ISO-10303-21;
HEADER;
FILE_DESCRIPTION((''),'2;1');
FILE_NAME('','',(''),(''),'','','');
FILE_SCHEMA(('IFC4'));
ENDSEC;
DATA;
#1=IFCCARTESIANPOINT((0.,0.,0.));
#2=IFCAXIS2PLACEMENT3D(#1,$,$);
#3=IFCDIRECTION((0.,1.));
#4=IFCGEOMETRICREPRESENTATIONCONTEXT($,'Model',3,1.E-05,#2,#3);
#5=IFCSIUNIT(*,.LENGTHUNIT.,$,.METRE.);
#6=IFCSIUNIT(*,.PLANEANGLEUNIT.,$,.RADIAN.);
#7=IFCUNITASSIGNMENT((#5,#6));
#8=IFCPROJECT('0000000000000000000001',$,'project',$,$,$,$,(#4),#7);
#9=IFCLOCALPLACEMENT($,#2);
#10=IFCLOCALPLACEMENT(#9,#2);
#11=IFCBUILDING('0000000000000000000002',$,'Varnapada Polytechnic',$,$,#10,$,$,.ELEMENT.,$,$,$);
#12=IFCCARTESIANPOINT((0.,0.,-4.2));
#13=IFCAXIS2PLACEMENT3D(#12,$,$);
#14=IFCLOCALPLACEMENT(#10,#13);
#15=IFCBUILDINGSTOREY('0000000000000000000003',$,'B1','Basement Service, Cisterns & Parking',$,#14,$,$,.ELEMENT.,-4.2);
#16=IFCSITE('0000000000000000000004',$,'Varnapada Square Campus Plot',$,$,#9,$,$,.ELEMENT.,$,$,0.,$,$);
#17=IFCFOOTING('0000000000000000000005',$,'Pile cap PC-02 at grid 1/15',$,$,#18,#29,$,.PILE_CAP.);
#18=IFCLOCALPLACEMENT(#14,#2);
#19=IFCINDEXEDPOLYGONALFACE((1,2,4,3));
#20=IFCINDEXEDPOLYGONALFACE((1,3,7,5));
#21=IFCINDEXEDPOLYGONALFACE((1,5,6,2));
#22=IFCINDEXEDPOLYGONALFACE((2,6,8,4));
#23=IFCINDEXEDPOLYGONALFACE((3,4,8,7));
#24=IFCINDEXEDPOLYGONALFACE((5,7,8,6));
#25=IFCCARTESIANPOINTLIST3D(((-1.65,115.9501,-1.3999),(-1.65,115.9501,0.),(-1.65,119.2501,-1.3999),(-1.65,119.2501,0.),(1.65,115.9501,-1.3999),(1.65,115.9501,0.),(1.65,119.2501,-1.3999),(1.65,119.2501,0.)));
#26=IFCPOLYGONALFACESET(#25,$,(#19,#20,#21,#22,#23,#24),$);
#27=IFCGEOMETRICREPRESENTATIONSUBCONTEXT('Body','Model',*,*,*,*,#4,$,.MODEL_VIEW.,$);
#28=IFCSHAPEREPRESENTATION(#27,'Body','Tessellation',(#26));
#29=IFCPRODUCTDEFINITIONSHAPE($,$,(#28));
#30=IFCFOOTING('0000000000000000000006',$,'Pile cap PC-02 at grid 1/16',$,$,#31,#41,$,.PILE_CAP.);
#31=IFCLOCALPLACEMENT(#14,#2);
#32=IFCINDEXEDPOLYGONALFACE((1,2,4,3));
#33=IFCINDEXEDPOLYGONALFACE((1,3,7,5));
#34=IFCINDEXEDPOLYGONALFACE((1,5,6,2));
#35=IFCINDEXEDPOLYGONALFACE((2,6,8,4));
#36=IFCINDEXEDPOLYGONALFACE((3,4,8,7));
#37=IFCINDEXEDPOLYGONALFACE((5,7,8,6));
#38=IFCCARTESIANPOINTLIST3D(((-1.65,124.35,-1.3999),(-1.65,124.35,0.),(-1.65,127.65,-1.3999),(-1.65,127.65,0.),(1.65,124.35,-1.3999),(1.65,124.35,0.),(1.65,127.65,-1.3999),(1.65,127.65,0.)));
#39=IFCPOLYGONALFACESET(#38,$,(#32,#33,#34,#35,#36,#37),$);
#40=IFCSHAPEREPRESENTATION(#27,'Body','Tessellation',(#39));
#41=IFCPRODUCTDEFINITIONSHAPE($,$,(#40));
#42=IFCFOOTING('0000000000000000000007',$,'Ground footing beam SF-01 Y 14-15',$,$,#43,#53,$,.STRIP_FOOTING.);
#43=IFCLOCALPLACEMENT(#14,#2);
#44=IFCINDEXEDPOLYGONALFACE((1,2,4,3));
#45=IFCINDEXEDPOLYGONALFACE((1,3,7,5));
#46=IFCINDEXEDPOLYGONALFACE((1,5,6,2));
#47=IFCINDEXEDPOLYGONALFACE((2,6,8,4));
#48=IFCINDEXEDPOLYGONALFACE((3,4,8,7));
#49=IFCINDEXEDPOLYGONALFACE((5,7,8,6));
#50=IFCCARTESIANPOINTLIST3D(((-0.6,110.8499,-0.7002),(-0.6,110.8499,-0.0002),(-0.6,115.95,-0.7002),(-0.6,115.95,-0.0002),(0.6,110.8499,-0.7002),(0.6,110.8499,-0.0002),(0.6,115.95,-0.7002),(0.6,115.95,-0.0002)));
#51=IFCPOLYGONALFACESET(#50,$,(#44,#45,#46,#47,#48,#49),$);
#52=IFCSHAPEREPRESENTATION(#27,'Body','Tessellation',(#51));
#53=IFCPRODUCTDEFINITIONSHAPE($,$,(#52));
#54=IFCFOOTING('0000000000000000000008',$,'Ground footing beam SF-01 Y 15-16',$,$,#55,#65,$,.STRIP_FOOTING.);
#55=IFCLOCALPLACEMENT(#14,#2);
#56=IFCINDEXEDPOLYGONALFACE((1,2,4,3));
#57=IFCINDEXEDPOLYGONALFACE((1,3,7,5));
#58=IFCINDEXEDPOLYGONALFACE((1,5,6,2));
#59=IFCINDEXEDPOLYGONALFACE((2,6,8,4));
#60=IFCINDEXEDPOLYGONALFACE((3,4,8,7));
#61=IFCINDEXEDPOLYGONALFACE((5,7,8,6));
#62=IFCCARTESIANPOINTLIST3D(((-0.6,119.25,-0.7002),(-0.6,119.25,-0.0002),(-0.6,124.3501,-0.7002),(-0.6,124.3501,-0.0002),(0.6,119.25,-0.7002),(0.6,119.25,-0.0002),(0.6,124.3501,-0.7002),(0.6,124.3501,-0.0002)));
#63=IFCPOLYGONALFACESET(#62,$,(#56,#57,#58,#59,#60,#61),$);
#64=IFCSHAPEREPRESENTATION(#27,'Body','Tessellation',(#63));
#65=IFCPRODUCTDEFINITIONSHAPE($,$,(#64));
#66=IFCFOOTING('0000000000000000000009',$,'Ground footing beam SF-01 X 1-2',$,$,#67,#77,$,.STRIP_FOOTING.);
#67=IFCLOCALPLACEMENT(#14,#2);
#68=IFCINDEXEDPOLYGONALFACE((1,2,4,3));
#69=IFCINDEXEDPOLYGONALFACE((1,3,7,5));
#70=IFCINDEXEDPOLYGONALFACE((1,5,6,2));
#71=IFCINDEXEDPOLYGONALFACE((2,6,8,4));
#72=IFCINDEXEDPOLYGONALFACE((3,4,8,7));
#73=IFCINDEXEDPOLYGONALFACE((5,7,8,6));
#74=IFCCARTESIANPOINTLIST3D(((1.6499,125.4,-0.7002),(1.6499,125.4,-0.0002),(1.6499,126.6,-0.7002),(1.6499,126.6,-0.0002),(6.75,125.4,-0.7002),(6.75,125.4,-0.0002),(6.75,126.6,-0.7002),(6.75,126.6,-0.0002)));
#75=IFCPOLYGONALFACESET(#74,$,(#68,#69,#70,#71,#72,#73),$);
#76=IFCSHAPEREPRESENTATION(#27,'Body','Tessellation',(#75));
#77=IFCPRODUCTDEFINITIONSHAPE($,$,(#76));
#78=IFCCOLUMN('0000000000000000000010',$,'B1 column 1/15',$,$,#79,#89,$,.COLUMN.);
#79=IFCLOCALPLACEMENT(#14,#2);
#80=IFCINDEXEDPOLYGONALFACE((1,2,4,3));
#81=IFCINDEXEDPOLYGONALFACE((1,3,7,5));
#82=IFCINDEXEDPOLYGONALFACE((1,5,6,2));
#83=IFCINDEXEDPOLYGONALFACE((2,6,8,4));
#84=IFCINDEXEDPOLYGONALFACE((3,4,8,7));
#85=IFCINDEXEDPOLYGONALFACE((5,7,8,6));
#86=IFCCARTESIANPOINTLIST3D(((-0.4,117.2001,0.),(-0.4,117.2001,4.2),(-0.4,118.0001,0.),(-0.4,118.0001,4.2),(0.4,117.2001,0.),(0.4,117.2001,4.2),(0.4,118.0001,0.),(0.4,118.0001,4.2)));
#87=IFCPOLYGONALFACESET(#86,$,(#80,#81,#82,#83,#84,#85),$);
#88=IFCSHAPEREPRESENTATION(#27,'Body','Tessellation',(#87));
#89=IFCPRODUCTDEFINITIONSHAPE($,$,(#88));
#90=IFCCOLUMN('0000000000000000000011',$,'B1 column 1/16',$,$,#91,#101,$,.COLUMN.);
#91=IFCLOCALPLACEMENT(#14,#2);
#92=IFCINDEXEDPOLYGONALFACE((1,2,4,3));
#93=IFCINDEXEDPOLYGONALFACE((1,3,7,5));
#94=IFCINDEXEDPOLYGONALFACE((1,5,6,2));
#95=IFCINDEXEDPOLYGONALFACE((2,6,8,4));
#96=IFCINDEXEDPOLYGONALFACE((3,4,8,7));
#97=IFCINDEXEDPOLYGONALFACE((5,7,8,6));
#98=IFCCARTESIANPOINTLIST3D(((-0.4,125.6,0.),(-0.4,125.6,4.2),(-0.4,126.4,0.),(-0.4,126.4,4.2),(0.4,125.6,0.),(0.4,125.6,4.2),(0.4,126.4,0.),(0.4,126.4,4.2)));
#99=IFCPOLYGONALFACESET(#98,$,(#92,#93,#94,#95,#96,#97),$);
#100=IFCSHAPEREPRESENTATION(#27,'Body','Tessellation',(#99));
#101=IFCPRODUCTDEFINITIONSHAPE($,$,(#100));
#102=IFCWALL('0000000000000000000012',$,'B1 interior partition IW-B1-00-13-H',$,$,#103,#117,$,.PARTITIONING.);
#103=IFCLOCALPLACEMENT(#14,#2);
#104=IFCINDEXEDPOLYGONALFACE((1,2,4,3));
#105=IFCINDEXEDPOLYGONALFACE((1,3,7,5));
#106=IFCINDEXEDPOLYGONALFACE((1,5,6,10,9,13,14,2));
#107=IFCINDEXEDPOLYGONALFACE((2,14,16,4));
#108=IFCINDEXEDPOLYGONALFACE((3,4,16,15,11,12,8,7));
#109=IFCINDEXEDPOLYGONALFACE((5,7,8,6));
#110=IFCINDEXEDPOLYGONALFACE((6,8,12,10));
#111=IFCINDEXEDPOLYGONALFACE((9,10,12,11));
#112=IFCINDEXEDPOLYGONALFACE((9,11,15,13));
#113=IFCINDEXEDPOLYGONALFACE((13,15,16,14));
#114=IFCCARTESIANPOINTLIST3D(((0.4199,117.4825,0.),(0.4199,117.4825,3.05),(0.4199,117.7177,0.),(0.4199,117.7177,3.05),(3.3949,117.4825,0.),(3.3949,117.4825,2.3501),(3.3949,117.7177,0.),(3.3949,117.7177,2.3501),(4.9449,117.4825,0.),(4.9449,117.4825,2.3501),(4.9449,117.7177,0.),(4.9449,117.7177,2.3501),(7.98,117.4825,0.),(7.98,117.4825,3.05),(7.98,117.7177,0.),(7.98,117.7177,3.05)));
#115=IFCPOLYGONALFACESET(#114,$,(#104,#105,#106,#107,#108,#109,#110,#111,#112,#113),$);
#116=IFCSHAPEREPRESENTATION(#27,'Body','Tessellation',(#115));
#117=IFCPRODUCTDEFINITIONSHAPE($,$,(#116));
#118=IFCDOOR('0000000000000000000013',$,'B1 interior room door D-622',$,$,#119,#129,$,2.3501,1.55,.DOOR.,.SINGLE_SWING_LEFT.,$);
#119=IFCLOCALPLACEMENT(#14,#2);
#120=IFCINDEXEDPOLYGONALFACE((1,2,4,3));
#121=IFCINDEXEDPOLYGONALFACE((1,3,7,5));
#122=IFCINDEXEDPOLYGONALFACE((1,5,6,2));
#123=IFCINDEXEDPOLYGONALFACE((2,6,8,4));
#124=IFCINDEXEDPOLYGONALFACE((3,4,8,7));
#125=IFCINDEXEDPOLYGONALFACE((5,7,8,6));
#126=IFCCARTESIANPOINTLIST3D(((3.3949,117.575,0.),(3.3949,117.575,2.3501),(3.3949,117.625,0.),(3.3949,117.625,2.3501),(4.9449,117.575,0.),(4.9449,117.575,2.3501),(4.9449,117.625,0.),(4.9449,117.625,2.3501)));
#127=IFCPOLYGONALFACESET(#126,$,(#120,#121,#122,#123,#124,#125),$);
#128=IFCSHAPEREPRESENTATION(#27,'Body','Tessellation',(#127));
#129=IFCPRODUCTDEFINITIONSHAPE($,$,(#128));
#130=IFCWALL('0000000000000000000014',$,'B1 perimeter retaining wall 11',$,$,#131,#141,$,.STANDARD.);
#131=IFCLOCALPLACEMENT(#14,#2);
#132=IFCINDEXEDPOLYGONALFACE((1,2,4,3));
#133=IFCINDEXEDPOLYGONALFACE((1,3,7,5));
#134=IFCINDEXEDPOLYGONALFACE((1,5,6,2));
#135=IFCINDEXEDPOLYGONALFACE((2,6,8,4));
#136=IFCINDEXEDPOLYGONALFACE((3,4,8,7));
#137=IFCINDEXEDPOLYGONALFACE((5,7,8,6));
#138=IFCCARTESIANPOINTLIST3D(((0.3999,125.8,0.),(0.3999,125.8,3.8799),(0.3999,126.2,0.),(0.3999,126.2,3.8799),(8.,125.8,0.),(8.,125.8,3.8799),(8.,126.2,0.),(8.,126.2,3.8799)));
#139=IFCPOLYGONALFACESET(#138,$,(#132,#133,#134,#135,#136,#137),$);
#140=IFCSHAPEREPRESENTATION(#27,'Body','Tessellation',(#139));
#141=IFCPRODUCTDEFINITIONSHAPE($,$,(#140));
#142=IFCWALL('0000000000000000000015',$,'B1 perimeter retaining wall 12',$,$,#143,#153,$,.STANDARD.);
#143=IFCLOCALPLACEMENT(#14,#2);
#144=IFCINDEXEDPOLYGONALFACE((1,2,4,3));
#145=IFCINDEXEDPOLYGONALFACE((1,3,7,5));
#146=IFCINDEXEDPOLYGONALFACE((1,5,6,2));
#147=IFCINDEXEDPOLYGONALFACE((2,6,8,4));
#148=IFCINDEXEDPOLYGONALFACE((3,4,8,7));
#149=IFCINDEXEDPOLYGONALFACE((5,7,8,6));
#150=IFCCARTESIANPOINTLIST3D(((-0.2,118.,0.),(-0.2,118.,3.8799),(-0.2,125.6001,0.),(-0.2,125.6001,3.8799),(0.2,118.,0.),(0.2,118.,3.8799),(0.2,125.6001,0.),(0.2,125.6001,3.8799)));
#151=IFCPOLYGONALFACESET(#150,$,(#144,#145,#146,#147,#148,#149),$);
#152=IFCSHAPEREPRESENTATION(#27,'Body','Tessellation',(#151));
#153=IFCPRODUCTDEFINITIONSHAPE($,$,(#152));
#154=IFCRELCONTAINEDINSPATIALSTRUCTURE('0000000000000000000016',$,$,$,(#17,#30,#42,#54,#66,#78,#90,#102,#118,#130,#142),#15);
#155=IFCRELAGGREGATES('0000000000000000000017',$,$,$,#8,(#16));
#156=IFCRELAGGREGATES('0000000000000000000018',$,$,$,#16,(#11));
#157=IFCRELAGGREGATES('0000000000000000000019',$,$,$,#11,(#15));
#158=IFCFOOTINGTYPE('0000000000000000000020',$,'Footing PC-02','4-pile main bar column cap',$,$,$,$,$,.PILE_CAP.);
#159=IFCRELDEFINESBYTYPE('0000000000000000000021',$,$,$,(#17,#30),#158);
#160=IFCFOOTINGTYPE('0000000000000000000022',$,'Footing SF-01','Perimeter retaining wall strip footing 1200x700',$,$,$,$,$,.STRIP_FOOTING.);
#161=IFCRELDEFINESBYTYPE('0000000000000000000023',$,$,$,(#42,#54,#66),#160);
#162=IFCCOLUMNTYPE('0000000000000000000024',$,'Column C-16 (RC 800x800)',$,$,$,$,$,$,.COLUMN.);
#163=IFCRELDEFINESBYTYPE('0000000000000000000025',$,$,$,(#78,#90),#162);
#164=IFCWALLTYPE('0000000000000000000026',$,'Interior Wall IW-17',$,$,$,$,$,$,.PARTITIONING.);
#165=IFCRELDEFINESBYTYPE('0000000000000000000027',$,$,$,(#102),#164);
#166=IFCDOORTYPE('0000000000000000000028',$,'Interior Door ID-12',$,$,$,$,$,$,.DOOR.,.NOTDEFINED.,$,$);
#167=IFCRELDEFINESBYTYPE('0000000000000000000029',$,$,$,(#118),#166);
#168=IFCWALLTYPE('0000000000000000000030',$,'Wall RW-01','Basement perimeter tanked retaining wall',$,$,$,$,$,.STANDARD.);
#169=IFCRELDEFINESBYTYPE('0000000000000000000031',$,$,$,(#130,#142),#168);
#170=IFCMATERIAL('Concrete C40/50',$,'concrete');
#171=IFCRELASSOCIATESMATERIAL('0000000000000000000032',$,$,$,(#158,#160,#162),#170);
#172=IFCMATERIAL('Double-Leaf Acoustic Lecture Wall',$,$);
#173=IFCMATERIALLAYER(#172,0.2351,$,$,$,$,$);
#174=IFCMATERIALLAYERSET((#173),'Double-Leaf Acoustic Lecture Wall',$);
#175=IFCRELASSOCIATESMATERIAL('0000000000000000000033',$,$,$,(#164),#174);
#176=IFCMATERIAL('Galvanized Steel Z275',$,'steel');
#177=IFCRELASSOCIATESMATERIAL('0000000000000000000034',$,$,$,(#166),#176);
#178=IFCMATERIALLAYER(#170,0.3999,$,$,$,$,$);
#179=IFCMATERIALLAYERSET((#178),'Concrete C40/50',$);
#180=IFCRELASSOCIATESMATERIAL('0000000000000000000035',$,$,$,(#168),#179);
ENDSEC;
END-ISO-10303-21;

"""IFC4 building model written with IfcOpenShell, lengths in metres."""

from ifc_helpers import new_model, si_unit, direction, frame, frame_2d, origin, origin_2d, place, context, subcontext, project, spatial, rectangle, extrude, material, layer, layer_set, material_profile, profile_set, type_object, element, fill, save


model = new_model("IFC4")

# Units and contexts
model_context = context("Model", 3, precision=1e-05, world=origin(), true_north=direction((0.0, 1.0)))
body_context = subcontext(model_context, "Body", "Model", "MODEL_VIEW")
ifc_project = project(units=[si_unit("LENGTHUNIT", "METRE"), si_unit("PLANEANGLEUNIT", "RADIAN")], contexts=[model_context])

# Site, building, storey
site_placement = place(None, origin())
site = spatial("IfcSite", under=ifc_project, at=site_placement, Name="Varnapada Square Campus Plot", CompositionType="ELEMENT", RefElevation=0.0)
building_placement = place(site_placement, origin())
building = spatial("IfcBuilding", under=site, at=building_placement, Name="Varnapada Polytechnic", CompositionType="ELEMENT")
storey_placement = place(building_placement, frame((0.0, 0.0, -4.2)))
storey = spatial("IfcBuildingStorey", under=building, at=storey_placement, Name="B1", Description="Basement Service, Cisterns & Parking", CompositionType="ELEMENT", Elevation=-4.2)

# Shared definitions
ifc_material_1 = material(Name="Concrete C40/50", Category="concrete")

# Footings
footing_type_1 = type_object("IfcFootingType", Name="Footing PC-02", Description="4-pile main bar column cap", PredefinedType="PILE_CAP", material=ifc_material_1)
for number, where, z_axis, x_axis, name in (
    (1, (0.0, 117.6001, -1.3999), (0.0, 0.0, 1.0), (1.0, 0.0, 0.0), "Pile cap PC-02 at grid 1/15"),
    (2, (0.0, 126.0, -1.3999), (0.0, 0.0, 1.0), (1.0, 0.0, 0.0), "Pile cap PC-02 at grid 1/16"),
):
    element("IfcFooting", number, at=place(storey_placement, frame(where, z_axis=z_axis, x_axis=x_axis)), inside=storey, type_object=footing_type_1, Name=name, PredefinedType="PILE_CAP", context=body_context, shape_type="SweptSolid", body=[
        extrude(rectangle(XDim=3.3, YDim=3.3, at=origin_2d()), origin(), (0.0, 0.0, 1.0), 1.3999),
    ])
footing_type_2 = type_object("IfcFootingType", Name="Footing SF-01", Description="Perimeter retaining wall strip footing 1200x700", PredefinedType="STRIP_FOOTING", material=ifc_material_1)
for number, where, z_axis, x_axis, name in (
    (3, (0.0, 113.3999, -0.7002), (0.0, 0.0, 1.0), (0.0, 1.0, 0.0), "Ground footing beam SF-01 Y 14-15"),
    (4, (0.0, 121.8, -0.7002), (0.0, 0.0, 1.0), (0.0, 1.0, 0.0), "Ground footing beam SF-01 Y 15-16"),
    (5, (4.2, 126.0, -0.7002), (0.0, 0.0, 1.0), (1.0, 0.0, 0.0), "Ground footing beam SF-01 X 1-2"),
):
    element("IfcFooting", number, at=place(storey_placement, frame(where, z_axis=z_axis, x_axis=x_axis)), inside=storey, type_object=footing_type_2, Name=name, PredefinedType="STRIP_FOOTING", context=body_context, shape_type="SweptSolid", body=[
        extrude(rectangle(XDim=5.1001, YDim=1.2, at=origin_2d()), origin(), (0.0, 0.0, 1.0), 0.7),
    ])

# Columns
ifc_material_profile_1 = material_profile(ifc_material_1, rectangle(XDim=0.8, YDim=0.8, at=origin_2d()), Name="RC 800x800")
ifc_profile_set_1 = profile_set([ifc_material_profile_1], Name="Concrete C40/50")
column_type = type_object("IfcColumnType", Name="Column C-16 (RC 800x800)", PredefinedType="COLUMN", material=ifc_profile_set_1)
for number, where, z_axis, x_axis, name in (
    (6, (0.0, 117.6001, 0.0), (0.0, 0.0, 1.0), (1.0, 0.0, 0.0), "B1 column 1/15"),
    (7, (0.0, 126.0, 0.0), (0.0, 0.0, 1.0), (1.0, 0.0, 0.0), "B1 column 1/16"),
):
    element("IfcColumn", number, at=place(storey_placement, frame(where, z_axis=z_axis, x_axis=x_axis)), inside=storey, type_object=column_type, Name=name, PredefinedType="COLUMN", context=body_context, shape_type="SweptSolid", body=[
        extrude(rectangle(XDim=0.8, YDim=0.8, at=origin_2d()), origin(), (0.0, 0.0, 1.0), 4.2),
    ])

# Wall, opening, door
ifc_material_2 = material(Name="Double-Leaf Acoustic Lecture Wall")
ifc_layer_1 = layer(ifc_material_2, 0.2351)
ifc_layer_set_1 = layer_set([ifc_layer_1], Name="Double-Leaf Acoustic Lecture Wall")
wall_type_1 = type_object("IfcWallType", Name="Interior Wall IW-17", PredefinedType="PARTITIONING", material=ifc_layer_set_1)
wall_placement = place(storey_placement, frame((0.4199, 117.6001, 0.0), z_axis=(0.0, 0.0, 1.0), x_axis=(1.0, 0.0, 0.0)))
wall = element("IfcWall", 8, at=wall_placement, inside=storey, type_object=wall_type_1, Name="B1 interior partition IW-B1-00-13-H", PredefinedType="PARTITIONING", context=body_context, shape_type="SweptSolid", body=[
    extrude(rectangle(XDim=7.5601, YDim=0.2351, at=frame_2d((3.78, 0.0))), origin(), (0.0, 0.0, 1.0), 3.05),
])
opening_placement = place(wall_placement, frame((2.9751, 0.0, 0.0)))
opening = element("IfcOpeningElement", 9, at=opening_placement, cuts=wall, PredefinedType="OPENING", context=body_context, shape_type="SweptSolid", body=[
    extrude(rectangle(XDim=1.55, YDim=2.3501, at=frame_2d((0.7749, 1.175))), frame((0.0, 0.1274, 0.0), z_axis=(0.0, -1.0, 0.0), x_axis=(1.0, 0.0, 0.0)), (0.0, 0.0, 1.0), 0.2551),
])
ifc_material_3 = material(Name="Galvanized Steel Z275", Category="steel")
door_type = type_object("IfcDoorType", Name="Interior Door ID-12", OperationType="NOTDEFINED", PredefinedType="DOOR", material=ifc_material_3)
door_placement = place(opening_placement, origin())
door = element("IfcDoor", 10, at=door_placement, inside=storey, type_object=door_type, Name="B1 interior room door D-622", OperationType="SINGLE_SWING_LEFT", OverallHeight=2.3501, OverallWidth=1.55, PredefinedType="DOOR", context=body_context, shape_type="SweptSolid", body=[
    extrude(rectangle(XDim=1.55, YDim=2.3501, at=frame_2d((0.7749, 1.175))), frame((0.0, 0.0249, 0.0), z_axis=(0.0, -1.0, 0.0), x_axis=(1.0, 0.0, 0.0)), (0.0, 0.0, 1.0), 0.05),
])
fill(opening, door)

# Walls
ifc_layer_2 = layer(ifc_material_1, 0.3999)
ifc_layer_set_2 = layer_set([ifc_layer_2], Name="Concrete C40/50")
wall_type_2 = type_object("IfcWallType", Name="Wall RW-01", Description="Basement perimeter tanked retaining wall", PredefinedType="STANDARD", material=ifc_layer_set_2)
for number, where, z_axis, x_axis, name in (
    (11, (0.3999, 126.0, 0.0), (0.0, 0.0, 1.0), (1.0, 0.0, 0.0), "B1 perimeter retaining wall 11"),
    (12, (0.0, 118.0, 0.0), (0.0, 0.0, 1.0), (0.0, 1.0, 0.0), "B1 perimeter retaining wall 12"),
):
    element("IfcWall", number, at=place(storey_placement, frame(where, z_axis=z_axis, x_axis=x_axis)), inside=storey, type_object=wall_type_2, Name=name, PredefinedType="STANDARD", context=body_context, shape_type="SweptSolid", body=[
        extrude(rectangle(XDim=7.6001, YDim=0.3999, at=frame_2d((3.8, 0.0))), origin(), (0.0, 0.0, 1.0), 3.8799),
    ])

save(model, "model.ifc")
